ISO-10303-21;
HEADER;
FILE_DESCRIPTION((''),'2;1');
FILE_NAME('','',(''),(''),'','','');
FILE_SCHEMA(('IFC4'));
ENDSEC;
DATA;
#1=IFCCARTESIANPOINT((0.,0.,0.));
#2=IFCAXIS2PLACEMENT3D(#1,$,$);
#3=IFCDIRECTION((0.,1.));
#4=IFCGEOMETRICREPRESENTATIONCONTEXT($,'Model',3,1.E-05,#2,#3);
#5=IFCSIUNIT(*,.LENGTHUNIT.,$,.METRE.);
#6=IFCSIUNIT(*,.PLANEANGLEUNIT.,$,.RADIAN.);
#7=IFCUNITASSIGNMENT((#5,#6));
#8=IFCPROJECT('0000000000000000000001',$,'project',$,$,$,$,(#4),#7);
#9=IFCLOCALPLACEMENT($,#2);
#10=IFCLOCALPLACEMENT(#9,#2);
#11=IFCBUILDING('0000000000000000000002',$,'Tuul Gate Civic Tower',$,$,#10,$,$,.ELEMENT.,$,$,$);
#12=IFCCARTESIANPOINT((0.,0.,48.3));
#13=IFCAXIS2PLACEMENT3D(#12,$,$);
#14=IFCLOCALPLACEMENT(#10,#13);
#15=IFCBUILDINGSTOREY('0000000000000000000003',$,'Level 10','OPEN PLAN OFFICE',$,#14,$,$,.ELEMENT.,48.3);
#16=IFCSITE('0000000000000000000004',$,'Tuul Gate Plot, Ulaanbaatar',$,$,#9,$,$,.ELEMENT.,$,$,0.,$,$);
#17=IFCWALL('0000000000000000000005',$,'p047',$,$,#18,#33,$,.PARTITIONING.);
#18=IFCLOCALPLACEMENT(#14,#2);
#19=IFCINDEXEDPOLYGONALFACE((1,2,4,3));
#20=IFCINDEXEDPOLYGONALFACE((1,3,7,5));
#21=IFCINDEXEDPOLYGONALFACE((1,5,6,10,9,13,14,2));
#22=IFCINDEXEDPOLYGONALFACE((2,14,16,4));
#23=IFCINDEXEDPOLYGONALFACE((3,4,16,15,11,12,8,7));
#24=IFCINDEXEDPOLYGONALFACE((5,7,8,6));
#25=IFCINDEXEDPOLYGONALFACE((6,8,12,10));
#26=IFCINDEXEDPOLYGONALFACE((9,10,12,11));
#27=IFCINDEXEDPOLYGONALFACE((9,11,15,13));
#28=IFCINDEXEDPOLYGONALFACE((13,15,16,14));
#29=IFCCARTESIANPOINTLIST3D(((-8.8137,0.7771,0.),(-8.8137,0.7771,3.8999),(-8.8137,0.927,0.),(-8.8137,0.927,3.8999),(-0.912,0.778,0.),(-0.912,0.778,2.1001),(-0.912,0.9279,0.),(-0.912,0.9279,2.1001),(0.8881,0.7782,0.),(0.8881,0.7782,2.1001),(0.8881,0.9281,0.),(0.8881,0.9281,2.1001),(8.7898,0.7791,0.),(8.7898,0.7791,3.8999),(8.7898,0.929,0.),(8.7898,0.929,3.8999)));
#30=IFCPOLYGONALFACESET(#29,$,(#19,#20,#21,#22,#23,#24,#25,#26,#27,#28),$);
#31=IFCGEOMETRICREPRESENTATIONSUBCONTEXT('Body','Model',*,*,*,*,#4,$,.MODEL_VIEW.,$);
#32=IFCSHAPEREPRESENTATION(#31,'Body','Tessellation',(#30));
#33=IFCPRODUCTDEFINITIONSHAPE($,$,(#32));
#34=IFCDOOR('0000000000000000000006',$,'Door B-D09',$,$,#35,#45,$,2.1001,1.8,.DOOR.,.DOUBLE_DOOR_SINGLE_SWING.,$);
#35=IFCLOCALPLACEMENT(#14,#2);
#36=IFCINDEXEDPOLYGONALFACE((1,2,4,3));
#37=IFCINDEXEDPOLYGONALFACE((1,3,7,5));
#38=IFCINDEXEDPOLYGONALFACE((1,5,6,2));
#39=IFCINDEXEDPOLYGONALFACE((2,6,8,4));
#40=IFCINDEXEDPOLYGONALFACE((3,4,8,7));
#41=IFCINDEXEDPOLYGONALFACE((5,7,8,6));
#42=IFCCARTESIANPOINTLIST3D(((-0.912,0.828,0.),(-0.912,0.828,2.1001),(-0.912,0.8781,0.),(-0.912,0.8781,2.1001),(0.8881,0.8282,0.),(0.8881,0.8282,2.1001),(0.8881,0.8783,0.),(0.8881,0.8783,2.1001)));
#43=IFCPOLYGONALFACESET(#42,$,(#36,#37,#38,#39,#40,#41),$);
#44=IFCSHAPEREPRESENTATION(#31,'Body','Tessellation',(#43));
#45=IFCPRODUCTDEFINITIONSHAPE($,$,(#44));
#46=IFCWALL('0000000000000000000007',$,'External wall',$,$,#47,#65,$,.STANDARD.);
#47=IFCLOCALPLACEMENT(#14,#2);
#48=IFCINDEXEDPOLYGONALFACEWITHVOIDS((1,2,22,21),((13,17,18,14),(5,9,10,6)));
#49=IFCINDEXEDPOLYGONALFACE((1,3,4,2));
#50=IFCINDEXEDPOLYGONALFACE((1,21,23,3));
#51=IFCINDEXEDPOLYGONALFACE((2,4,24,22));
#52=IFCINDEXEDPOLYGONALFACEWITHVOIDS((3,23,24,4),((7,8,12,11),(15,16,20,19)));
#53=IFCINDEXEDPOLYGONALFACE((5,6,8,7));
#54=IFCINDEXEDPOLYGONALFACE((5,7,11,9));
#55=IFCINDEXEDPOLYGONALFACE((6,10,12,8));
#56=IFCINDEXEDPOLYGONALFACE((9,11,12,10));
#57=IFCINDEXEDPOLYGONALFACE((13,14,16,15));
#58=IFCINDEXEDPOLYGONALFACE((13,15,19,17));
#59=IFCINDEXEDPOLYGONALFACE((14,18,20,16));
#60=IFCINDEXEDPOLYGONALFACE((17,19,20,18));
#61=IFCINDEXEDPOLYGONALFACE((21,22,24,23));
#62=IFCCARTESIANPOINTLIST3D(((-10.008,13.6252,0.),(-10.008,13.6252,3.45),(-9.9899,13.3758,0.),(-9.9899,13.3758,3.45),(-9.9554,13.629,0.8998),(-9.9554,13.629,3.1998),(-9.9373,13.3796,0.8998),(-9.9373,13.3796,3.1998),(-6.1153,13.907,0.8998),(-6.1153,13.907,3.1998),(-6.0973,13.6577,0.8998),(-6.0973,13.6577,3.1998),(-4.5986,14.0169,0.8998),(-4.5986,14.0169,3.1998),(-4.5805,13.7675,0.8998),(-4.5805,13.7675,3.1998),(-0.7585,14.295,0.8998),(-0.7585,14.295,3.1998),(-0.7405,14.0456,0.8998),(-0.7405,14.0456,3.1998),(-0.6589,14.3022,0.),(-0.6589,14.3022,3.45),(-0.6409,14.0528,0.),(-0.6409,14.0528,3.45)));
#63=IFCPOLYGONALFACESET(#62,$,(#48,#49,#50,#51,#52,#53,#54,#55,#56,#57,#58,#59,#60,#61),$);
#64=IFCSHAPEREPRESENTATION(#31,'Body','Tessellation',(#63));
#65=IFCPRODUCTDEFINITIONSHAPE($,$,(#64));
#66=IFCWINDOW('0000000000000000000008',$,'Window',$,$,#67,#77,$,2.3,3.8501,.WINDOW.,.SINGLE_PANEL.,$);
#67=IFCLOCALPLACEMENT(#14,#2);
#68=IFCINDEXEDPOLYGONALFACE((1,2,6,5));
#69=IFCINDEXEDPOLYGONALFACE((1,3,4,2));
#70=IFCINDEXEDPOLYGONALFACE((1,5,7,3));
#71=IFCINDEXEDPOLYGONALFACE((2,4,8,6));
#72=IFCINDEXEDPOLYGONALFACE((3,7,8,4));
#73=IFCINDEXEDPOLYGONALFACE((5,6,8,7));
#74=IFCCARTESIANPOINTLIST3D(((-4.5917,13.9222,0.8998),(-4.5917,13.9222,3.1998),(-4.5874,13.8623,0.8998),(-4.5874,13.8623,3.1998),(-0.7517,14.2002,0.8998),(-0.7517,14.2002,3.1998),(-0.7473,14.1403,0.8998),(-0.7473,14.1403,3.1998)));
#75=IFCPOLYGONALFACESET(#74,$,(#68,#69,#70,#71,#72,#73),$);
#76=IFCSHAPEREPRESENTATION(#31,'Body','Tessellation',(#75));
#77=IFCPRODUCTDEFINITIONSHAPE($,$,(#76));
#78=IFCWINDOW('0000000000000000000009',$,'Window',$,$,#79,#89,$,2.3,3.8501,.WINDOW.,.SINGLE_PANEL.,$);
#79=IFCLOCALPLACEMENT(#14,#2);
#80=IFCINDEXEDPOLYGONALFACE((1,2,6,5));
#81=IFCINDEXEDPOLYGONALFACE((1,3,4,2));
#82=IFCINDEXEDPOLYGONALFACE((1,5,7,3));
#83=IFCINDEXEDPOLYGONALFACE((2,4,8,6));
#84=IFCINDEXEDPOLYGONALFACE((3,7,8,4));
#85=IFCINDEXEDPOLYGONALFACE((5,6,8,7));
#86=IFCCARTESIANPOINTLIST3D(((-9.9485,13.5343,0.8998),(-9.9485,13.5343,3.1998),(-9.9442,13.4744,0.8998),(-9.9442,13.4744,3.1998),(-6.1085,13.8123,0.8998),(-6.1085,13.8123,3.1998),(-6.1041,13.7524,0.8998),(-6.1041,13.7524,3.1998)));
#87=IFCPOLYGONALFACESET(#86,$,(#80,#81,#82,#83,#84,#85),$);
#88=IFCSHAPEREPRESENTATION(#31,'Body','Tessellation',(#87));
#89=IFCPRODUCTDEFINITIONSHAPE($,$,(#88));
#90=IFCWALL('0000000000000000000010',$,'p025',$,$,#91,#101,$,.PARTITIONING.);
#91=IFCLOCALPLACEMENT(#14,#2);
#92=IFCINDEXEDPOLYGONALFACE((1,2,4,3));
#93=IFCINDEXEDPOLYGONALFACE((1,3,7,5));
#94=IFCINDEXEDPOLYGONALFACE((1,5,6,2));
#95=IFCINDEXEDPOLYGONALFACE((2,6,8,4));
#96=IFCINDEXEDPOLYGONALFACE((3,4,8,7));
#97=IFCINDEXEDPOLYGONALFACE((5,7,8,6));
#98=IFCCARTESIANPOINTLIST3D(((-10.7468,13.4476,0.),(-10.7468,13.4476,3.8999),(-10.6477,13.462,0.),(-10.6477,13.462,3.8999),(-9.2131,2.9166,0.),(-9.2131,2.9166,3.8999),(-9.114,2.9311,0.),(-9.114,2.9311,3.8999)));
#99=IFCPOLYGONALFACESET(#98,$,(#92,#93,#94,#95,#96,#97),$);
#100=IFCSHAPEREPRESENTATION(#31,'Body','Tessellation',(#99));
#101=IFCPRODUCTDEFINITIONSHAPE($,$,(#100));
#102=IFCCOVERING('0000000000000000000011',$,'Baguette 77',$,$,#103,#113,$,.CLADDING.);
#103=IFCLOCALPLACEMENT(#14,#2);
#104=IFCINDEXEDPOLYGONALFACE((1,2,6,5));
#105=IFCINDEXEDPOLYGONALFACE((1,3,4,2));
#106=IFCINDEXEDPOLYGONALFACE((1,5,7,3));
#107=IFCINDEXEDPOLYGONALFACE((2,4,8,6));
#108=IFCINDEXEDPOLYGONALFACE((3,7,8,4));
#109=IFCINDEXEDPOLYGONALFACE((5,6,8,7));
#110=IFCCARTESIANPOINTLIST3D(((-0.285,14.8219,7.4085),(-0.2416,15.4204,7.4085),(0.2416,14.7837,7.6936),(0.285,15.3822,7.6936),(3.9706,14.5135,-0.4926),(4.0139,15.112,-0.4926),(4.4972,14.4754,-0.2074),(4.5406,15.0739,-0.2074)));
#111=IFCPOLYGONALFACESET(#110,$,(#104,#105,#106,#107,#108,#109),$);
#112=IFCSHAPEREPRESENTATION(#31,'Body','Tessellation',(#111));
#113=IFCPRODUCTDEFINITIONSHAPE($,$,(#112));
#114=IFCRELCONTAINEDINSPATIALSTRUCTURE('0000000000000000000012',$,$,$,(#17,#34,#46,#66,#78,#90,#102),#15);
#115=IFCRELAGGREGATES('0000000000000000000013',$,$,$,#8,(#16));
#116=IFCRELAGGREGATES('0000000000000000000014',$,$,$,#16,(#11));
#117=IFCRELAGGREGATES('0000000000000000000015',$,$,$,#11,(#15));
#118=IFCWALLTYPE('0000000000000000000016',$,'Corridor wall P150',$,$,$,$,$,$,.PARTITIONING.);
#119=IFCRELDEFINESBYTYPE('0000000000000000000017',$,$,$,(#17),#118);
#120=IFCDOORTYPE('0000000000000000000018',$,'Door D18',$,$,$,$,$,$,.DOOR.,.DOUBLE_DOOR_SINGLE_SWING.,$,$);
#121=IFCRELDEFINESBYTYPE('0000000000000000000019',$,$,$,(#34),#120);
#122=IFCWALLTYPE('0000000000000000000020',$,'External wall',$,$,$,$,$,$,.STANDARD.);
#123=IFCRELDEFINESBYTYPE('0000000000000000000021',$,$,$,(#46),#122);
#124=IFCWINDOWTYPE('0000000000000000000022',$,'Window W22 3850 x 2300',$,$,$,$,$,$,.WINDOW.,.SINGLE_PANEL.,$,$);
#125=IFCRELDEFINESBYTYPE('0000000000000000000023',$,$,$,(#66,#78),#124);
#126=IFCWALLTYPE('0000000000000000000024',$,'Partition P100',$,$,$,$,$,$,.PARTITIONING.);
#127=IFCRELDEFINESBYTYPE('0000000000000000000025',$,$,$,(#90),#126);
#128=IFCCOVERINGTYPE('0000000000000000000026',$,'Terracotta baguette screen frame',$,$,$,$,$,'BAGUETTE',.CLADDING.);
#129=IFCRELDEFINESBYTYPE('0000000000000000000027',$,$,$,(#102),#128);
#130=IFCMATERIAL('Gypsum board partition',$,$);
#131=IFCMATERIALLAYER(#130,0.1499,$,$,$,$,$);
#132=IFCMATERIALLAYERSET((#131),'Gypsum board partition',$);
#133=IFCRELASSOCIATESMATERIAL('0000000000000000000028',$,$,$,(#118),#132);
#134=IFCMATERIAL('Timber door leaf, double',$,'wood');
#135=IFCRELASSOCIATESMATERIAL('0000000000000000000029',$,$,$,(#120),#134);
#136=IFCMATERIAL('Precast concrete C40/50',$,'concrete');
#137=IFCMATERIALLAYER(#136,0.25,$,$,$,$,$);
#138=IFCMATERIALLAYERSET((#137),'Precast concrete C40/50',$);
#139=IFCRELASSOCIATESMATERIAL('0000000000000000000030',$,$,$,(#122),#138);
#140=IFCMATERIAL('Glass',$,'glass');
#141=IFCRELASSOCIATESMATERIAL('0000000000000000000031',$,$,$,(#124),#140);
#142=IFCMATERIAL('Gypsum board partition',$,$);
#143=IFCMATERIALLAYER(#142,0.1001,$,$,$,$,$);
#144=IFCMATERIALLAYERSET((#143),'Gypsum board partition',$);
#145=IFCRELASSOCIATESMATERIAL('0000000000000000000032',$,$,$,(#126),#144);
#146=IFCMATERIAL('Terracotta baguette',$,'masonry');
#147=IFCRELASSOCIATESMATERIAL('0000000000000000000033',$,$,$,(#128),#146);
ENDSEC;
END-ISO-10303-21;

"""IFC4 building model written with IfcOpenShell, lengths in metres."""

from ifc_helpers import new_model, si_unit, direction, frame, frame_2d, origin, origin_2d, place, context, subcontext, project, spatial, rectangle, extrude, material, layer, layer_set, material_profile, profile_set, type_object, element, fill, save


model = new_model("IFC4")

# Units and contexts
model_context = context("Model", 3, precision=1e-05, world=origin(), true_north=direction((0.0, 1.0)))
body_context = subcontext(model_context, "Body", "Model", "MODEL_VIEW")
ifc_project = project(units=[si_unit("LENGTHUNIT", "METRE"), si_unit("PLANEANGLEUNIT", "RADIAN")], contexts=[model_context])

# Site, building, storey
site_placement = place(None, origin())
site = spatial("IfcSite", under=ifc_project, at=site_placement, Name="Tuul Gate Plot, Ulaanbaatar", CompositionType="ELEMENT", RefElevation=0.0)
building_placement = place(site_placement, origin())
building = spatial("IfcBuilding", under=site, at=building_placement, Name="Tuul Gate Civic Tower", CompositionType="ELEMENT")
storey_placement = place(building_placement, frame((0.0, 0.0, 48.3)))
storey = spatial("IfcBuildingStorey", under=building, at=storey_placement, Name="Level 10", Description="OPEN PLAN OFFICE", CompositionType="ELEMENT", Elevation=48.3)

# Wall, opening, door
ifc_material_1 = material(Name="Gypsum board partition")
ifc_layer_1 = layer(ifc_material_1, 0.1499)
ifc_layer_set_1 = layer_set([ifc_layer_1], Name="Gypsum board partition")
wall_type_1 = type_object("IfcWallType", Name="Corridor wall P150", PredefinedType="PARTITIONING", material=ifc_layer_set_1)
ifc_material_2 = material(Name="Timber door leaf, double", Category="wood")
door_type = type_object("IfcDoorType", Name="Door D18", OperationType="DOUBLE_DOOR_SINGLE_SWING", PredefinedType="DOOR", material=ifc_material_2)
wall_1_placement = place(storey_placement, frame((-8.8137, 0.8521, 0.0), z_axis=(0.0, 0.0, 1.0), x_axis=(1.0, 0.000111, 0.0)))
wall_1 = element("IfcWall", 1, at=wall_1_placement, inside=storey, type_object=wall_type_1, Name="p047", PredefinedType="PARTITIONING", context=body_context, shape_type="SweptSolid", body=[
    extrude(rectangle(XDim=17.6035, YDim=0.1499, at=frame_2d((8.8018, 0.0))), origin(), (0.0, 0.0, 1.0), 3.8999),
])
opening_1_placement = place(wall_1_placement, frame((7.9019, 0.0, 0.0)))
opening_1 = element("IfcOpeningElement", 2, at=opening_1_placement, cuts=wall_1, PredefinedType="OPENING", context=body_context, shape_type="SweptSolid", body=[
    extrude(rectangle(XDim=1.8, YDim=2.1001, at=frame_2d((0.8999, 1.05))), frame((0.0, 0.085, 0.0), z_axis=(0.0, -1.0, 0.0), x_axis=(1.0, 0.0, 0.0)), (0.0, 0.0, 1.0), 0.1699),
])
door_1_placement = place(opening_1_placement, frame((1.8, 0.0, 0.0), z_axis=(0.0, 0.0, 1.0), x_axis=(-1.0, 0.0, 0.0)))
door_1 = element("IfcDoor", 3, at=door_1_placement, inside=storey, type_object=door_type, Name="Door B-D09", OperationType="DOUBLE_DOOR_SINGLE_SWING", OverallHeight=2.1001, OverallWidth=1.8, PredefinedType="DOOR", context=body_context, shape_type="SweptSolid", body=[
    extrude(rectangle(XDim=1.8, YDim=2.1001, at=frame_2d((0.9001, 1.05))), frame((0.0, 0.0249, 0.0), z_axis=(0.0, -1.0, 0.0), x_axis=(1.0, 0.0, 0.0)), (0.0, 0.0, 1.0), 0.05),
])
fill(opening_1, door_1)

# Wall, openings, windows
ifc_material_3 = material(Name="Precast concrete C40/50", Category="concrete")
ifc_layer_2 = layer(ifc_material_3, 0.25)
ifc_layer_set_2 = layer_set([ifc_layer_2], Name="Precast concrete C40/50")
wall_type_2 = type_object("IfcWallType", Name="External wall", PredefinedType="STANDARD", material=ifc_layer_set_2)
wall_2_placement = place(storey_placement, frame((-0.6499, 14.1775, 0.0), z_axis=(0.0, 0.0, 1.0), x_axis=(-0.997388, -0.072224, 0.0)))
wall_2 = element("IfcWall", 4, at=wall_2_placement, inside=storey, type_object=wall_type_2, Name="External wall", PredefinedType="STANDARD", context=body_context, shape_type="SweptSolid", body=[
    extrude(rectangle(XDim=9.3735, YDim=0.25, at=frame_2d((4.6868, 0.0))), origin(), (0.0, 0.0, 1.0), 3.45),
])
opening_2_placement = place(wall_2_placement, frame((0.0999, 0.0, 0.8999)))
opening_2 = element("IfcOpeningElement", 5, at=opening_2_placement, cuts=wall_2, PredefinedType="OPENING", context=body_context, shape_type="SweptSolid", body=[
    extrude(rectangle(XDim=3.8501, YDim=2.3, at=frame_2d((1.925, 1.1499))), frame((0.0, 0.135, 0.0), z_axis=(0.0, -1.0, 0.0), x_axis=(1.0, 0.0, 0.0)), (0.0, 0.0, 1.0), 0.27),
])
opening_3_placement = place(wall_2_placement, frame((5.4707, 0.0, 0.8999)))
opening_3 = element("IfcOpeningElement", 6, at=opening_3_placement, cuts=wall_2, PredefinedType="OPENING", context=body_context, shape_type="SweptSolid", body=[
    extrude(rectangle(XDim=3.8501, YDim=2.3, at=frame_2d((1.925, 1.1499))), frame((0.0, 0.135, 0.0), z_axis=(0.0, -1.0, 0.0), x_axis=(1.0, 0.0, 0.0)), (0.0, 0.0, 1.0), 0.27),
])
ifc_material_4 = material(Name="Glass", Category="glass")
window_type = type_object("IfcWindowType", Name="Window W22 3850 x 2300", PartitioningType="SINGLE_PANEL", PredefinedType="WINDOW", material=ifc_material_4)
window_1_placement = place(opening_2_placement, origin())
window_1 = element("IfcWindow", 7, at=window_1_placement, inside=storey, type_object=window_type, Name="Window", OverallHeight=2.3, OverallWidth=3.8501, PartitioningType="SINGLE_PANEL", PredefinedType="WINDOW", context=body_context, shape_type="SweptSolid", body=[
    extrude(rectangle(XDim=3.8501, YDim=2.3, at=frame_2d((1.925, 1.1499))), frame((0.0, 0.03, 0.0), z_axis=(0.0, -1.0, 0.0), x_axis=(1.0, 0.0, 0.0)), (0.0, 0.0, 1.0), 0.0601),
])
fill(opening_2, window_1)
window_2_placement = place(opening_3_placement, origin())
window_2 = element("IfcWindow", 8, at=window_2_placement, inside=storey, type_object=window_type, Name="Window", OverallHeight=2.3, OverallWidth=3.8501, PartitioningType="SINGLE_PANEL", PredefinedType="WINDOW", context=body_context, shape_type="SweptSolid", body=[
    extrude(rectangle(XDim=3.8501, YDim=2.3, at=frame_2d((1.925, 1.1499))), frame((0.0, 0.03, 0.0), z_axis=(0.0, -1.0, 0.0), x_axis=(1.0, 0.0, 0.0)), (0.0, 0.0, 1.0), 0.0601),
])
fill(opening_3, window_2)

# Wall
ifc_material_5 = material(Name="Gypsum board partition")
ifc_layer_3 = layer(ifc_material_5, 0.1001)
ifc_layer_set_3 = layer_set([ifc_layer_3], Name="Gypsum board partition")
wall_type_3 = type_object("IfcWallType", Name="Partition P100", PredefinedType="PARTITIONING", material=ifc_layer_set_3)
wall_3_placement = place(storey_placement, frame((-10.6973, 13.4548, 0.0), z_axis=(0.0, 0.0, 1.0), x_axis=(0.144115, -0.989561, 0.0)))
element("IfcWall", 9, at=wall_3_placement, inside=storey, type_object=wall_type_3, Name="p025", PredefinedType="PARTITIONING", context=body_context, shape_type="SweptSolid", body=[
    extrude(rectangle(XDim=10.6421, YDim=0.1001, at=frame_2d((5.321, 0.0))), origin(), (0.0, 0.0, 1.0), 3.8999),
])

# Covering
ifc_material_6 = material(Name="Terracotta baguette", Category="masonry")
ifc_material_profile_1 = material_profile(ifc_material_6, rectangle(XDim=0.6001, YDim=0.6001, at=origin_2d()), Name="Terracotta baguette screen frame")
ifc_profile_set_1 = profile_set([ifc_material_profile_1], Name="Terracotta baguette")
covering_type = type_object("IfcCoveringType", Name="Terracotta baguette screen frame", ElementType="BAGUETTE", PredefinedType="CLADDING", material=ifc_profile_set_1)
covering_placement = place(storey_placement, frame((0.0, 15.1021, 7.551), z_axis=(0.473921, -0.034339, -0.879898), x_axis=(0.072268, 0.997385, 0.0)))
element("IfcCovering", 10, at=covering_placement, inside=storey, type_object=covering_type, Name="Baguette 77", PredefinedType="CLADDING", context=body_context, shape_type="SweptSolid", body=[
    extrude(rectangle(XDim=0.6001, YDim=0.6001, at=origin_2d()), origin(), (0.0, 0.0, 1.0), 8.9795),
])

save(model, "model.ifc")
